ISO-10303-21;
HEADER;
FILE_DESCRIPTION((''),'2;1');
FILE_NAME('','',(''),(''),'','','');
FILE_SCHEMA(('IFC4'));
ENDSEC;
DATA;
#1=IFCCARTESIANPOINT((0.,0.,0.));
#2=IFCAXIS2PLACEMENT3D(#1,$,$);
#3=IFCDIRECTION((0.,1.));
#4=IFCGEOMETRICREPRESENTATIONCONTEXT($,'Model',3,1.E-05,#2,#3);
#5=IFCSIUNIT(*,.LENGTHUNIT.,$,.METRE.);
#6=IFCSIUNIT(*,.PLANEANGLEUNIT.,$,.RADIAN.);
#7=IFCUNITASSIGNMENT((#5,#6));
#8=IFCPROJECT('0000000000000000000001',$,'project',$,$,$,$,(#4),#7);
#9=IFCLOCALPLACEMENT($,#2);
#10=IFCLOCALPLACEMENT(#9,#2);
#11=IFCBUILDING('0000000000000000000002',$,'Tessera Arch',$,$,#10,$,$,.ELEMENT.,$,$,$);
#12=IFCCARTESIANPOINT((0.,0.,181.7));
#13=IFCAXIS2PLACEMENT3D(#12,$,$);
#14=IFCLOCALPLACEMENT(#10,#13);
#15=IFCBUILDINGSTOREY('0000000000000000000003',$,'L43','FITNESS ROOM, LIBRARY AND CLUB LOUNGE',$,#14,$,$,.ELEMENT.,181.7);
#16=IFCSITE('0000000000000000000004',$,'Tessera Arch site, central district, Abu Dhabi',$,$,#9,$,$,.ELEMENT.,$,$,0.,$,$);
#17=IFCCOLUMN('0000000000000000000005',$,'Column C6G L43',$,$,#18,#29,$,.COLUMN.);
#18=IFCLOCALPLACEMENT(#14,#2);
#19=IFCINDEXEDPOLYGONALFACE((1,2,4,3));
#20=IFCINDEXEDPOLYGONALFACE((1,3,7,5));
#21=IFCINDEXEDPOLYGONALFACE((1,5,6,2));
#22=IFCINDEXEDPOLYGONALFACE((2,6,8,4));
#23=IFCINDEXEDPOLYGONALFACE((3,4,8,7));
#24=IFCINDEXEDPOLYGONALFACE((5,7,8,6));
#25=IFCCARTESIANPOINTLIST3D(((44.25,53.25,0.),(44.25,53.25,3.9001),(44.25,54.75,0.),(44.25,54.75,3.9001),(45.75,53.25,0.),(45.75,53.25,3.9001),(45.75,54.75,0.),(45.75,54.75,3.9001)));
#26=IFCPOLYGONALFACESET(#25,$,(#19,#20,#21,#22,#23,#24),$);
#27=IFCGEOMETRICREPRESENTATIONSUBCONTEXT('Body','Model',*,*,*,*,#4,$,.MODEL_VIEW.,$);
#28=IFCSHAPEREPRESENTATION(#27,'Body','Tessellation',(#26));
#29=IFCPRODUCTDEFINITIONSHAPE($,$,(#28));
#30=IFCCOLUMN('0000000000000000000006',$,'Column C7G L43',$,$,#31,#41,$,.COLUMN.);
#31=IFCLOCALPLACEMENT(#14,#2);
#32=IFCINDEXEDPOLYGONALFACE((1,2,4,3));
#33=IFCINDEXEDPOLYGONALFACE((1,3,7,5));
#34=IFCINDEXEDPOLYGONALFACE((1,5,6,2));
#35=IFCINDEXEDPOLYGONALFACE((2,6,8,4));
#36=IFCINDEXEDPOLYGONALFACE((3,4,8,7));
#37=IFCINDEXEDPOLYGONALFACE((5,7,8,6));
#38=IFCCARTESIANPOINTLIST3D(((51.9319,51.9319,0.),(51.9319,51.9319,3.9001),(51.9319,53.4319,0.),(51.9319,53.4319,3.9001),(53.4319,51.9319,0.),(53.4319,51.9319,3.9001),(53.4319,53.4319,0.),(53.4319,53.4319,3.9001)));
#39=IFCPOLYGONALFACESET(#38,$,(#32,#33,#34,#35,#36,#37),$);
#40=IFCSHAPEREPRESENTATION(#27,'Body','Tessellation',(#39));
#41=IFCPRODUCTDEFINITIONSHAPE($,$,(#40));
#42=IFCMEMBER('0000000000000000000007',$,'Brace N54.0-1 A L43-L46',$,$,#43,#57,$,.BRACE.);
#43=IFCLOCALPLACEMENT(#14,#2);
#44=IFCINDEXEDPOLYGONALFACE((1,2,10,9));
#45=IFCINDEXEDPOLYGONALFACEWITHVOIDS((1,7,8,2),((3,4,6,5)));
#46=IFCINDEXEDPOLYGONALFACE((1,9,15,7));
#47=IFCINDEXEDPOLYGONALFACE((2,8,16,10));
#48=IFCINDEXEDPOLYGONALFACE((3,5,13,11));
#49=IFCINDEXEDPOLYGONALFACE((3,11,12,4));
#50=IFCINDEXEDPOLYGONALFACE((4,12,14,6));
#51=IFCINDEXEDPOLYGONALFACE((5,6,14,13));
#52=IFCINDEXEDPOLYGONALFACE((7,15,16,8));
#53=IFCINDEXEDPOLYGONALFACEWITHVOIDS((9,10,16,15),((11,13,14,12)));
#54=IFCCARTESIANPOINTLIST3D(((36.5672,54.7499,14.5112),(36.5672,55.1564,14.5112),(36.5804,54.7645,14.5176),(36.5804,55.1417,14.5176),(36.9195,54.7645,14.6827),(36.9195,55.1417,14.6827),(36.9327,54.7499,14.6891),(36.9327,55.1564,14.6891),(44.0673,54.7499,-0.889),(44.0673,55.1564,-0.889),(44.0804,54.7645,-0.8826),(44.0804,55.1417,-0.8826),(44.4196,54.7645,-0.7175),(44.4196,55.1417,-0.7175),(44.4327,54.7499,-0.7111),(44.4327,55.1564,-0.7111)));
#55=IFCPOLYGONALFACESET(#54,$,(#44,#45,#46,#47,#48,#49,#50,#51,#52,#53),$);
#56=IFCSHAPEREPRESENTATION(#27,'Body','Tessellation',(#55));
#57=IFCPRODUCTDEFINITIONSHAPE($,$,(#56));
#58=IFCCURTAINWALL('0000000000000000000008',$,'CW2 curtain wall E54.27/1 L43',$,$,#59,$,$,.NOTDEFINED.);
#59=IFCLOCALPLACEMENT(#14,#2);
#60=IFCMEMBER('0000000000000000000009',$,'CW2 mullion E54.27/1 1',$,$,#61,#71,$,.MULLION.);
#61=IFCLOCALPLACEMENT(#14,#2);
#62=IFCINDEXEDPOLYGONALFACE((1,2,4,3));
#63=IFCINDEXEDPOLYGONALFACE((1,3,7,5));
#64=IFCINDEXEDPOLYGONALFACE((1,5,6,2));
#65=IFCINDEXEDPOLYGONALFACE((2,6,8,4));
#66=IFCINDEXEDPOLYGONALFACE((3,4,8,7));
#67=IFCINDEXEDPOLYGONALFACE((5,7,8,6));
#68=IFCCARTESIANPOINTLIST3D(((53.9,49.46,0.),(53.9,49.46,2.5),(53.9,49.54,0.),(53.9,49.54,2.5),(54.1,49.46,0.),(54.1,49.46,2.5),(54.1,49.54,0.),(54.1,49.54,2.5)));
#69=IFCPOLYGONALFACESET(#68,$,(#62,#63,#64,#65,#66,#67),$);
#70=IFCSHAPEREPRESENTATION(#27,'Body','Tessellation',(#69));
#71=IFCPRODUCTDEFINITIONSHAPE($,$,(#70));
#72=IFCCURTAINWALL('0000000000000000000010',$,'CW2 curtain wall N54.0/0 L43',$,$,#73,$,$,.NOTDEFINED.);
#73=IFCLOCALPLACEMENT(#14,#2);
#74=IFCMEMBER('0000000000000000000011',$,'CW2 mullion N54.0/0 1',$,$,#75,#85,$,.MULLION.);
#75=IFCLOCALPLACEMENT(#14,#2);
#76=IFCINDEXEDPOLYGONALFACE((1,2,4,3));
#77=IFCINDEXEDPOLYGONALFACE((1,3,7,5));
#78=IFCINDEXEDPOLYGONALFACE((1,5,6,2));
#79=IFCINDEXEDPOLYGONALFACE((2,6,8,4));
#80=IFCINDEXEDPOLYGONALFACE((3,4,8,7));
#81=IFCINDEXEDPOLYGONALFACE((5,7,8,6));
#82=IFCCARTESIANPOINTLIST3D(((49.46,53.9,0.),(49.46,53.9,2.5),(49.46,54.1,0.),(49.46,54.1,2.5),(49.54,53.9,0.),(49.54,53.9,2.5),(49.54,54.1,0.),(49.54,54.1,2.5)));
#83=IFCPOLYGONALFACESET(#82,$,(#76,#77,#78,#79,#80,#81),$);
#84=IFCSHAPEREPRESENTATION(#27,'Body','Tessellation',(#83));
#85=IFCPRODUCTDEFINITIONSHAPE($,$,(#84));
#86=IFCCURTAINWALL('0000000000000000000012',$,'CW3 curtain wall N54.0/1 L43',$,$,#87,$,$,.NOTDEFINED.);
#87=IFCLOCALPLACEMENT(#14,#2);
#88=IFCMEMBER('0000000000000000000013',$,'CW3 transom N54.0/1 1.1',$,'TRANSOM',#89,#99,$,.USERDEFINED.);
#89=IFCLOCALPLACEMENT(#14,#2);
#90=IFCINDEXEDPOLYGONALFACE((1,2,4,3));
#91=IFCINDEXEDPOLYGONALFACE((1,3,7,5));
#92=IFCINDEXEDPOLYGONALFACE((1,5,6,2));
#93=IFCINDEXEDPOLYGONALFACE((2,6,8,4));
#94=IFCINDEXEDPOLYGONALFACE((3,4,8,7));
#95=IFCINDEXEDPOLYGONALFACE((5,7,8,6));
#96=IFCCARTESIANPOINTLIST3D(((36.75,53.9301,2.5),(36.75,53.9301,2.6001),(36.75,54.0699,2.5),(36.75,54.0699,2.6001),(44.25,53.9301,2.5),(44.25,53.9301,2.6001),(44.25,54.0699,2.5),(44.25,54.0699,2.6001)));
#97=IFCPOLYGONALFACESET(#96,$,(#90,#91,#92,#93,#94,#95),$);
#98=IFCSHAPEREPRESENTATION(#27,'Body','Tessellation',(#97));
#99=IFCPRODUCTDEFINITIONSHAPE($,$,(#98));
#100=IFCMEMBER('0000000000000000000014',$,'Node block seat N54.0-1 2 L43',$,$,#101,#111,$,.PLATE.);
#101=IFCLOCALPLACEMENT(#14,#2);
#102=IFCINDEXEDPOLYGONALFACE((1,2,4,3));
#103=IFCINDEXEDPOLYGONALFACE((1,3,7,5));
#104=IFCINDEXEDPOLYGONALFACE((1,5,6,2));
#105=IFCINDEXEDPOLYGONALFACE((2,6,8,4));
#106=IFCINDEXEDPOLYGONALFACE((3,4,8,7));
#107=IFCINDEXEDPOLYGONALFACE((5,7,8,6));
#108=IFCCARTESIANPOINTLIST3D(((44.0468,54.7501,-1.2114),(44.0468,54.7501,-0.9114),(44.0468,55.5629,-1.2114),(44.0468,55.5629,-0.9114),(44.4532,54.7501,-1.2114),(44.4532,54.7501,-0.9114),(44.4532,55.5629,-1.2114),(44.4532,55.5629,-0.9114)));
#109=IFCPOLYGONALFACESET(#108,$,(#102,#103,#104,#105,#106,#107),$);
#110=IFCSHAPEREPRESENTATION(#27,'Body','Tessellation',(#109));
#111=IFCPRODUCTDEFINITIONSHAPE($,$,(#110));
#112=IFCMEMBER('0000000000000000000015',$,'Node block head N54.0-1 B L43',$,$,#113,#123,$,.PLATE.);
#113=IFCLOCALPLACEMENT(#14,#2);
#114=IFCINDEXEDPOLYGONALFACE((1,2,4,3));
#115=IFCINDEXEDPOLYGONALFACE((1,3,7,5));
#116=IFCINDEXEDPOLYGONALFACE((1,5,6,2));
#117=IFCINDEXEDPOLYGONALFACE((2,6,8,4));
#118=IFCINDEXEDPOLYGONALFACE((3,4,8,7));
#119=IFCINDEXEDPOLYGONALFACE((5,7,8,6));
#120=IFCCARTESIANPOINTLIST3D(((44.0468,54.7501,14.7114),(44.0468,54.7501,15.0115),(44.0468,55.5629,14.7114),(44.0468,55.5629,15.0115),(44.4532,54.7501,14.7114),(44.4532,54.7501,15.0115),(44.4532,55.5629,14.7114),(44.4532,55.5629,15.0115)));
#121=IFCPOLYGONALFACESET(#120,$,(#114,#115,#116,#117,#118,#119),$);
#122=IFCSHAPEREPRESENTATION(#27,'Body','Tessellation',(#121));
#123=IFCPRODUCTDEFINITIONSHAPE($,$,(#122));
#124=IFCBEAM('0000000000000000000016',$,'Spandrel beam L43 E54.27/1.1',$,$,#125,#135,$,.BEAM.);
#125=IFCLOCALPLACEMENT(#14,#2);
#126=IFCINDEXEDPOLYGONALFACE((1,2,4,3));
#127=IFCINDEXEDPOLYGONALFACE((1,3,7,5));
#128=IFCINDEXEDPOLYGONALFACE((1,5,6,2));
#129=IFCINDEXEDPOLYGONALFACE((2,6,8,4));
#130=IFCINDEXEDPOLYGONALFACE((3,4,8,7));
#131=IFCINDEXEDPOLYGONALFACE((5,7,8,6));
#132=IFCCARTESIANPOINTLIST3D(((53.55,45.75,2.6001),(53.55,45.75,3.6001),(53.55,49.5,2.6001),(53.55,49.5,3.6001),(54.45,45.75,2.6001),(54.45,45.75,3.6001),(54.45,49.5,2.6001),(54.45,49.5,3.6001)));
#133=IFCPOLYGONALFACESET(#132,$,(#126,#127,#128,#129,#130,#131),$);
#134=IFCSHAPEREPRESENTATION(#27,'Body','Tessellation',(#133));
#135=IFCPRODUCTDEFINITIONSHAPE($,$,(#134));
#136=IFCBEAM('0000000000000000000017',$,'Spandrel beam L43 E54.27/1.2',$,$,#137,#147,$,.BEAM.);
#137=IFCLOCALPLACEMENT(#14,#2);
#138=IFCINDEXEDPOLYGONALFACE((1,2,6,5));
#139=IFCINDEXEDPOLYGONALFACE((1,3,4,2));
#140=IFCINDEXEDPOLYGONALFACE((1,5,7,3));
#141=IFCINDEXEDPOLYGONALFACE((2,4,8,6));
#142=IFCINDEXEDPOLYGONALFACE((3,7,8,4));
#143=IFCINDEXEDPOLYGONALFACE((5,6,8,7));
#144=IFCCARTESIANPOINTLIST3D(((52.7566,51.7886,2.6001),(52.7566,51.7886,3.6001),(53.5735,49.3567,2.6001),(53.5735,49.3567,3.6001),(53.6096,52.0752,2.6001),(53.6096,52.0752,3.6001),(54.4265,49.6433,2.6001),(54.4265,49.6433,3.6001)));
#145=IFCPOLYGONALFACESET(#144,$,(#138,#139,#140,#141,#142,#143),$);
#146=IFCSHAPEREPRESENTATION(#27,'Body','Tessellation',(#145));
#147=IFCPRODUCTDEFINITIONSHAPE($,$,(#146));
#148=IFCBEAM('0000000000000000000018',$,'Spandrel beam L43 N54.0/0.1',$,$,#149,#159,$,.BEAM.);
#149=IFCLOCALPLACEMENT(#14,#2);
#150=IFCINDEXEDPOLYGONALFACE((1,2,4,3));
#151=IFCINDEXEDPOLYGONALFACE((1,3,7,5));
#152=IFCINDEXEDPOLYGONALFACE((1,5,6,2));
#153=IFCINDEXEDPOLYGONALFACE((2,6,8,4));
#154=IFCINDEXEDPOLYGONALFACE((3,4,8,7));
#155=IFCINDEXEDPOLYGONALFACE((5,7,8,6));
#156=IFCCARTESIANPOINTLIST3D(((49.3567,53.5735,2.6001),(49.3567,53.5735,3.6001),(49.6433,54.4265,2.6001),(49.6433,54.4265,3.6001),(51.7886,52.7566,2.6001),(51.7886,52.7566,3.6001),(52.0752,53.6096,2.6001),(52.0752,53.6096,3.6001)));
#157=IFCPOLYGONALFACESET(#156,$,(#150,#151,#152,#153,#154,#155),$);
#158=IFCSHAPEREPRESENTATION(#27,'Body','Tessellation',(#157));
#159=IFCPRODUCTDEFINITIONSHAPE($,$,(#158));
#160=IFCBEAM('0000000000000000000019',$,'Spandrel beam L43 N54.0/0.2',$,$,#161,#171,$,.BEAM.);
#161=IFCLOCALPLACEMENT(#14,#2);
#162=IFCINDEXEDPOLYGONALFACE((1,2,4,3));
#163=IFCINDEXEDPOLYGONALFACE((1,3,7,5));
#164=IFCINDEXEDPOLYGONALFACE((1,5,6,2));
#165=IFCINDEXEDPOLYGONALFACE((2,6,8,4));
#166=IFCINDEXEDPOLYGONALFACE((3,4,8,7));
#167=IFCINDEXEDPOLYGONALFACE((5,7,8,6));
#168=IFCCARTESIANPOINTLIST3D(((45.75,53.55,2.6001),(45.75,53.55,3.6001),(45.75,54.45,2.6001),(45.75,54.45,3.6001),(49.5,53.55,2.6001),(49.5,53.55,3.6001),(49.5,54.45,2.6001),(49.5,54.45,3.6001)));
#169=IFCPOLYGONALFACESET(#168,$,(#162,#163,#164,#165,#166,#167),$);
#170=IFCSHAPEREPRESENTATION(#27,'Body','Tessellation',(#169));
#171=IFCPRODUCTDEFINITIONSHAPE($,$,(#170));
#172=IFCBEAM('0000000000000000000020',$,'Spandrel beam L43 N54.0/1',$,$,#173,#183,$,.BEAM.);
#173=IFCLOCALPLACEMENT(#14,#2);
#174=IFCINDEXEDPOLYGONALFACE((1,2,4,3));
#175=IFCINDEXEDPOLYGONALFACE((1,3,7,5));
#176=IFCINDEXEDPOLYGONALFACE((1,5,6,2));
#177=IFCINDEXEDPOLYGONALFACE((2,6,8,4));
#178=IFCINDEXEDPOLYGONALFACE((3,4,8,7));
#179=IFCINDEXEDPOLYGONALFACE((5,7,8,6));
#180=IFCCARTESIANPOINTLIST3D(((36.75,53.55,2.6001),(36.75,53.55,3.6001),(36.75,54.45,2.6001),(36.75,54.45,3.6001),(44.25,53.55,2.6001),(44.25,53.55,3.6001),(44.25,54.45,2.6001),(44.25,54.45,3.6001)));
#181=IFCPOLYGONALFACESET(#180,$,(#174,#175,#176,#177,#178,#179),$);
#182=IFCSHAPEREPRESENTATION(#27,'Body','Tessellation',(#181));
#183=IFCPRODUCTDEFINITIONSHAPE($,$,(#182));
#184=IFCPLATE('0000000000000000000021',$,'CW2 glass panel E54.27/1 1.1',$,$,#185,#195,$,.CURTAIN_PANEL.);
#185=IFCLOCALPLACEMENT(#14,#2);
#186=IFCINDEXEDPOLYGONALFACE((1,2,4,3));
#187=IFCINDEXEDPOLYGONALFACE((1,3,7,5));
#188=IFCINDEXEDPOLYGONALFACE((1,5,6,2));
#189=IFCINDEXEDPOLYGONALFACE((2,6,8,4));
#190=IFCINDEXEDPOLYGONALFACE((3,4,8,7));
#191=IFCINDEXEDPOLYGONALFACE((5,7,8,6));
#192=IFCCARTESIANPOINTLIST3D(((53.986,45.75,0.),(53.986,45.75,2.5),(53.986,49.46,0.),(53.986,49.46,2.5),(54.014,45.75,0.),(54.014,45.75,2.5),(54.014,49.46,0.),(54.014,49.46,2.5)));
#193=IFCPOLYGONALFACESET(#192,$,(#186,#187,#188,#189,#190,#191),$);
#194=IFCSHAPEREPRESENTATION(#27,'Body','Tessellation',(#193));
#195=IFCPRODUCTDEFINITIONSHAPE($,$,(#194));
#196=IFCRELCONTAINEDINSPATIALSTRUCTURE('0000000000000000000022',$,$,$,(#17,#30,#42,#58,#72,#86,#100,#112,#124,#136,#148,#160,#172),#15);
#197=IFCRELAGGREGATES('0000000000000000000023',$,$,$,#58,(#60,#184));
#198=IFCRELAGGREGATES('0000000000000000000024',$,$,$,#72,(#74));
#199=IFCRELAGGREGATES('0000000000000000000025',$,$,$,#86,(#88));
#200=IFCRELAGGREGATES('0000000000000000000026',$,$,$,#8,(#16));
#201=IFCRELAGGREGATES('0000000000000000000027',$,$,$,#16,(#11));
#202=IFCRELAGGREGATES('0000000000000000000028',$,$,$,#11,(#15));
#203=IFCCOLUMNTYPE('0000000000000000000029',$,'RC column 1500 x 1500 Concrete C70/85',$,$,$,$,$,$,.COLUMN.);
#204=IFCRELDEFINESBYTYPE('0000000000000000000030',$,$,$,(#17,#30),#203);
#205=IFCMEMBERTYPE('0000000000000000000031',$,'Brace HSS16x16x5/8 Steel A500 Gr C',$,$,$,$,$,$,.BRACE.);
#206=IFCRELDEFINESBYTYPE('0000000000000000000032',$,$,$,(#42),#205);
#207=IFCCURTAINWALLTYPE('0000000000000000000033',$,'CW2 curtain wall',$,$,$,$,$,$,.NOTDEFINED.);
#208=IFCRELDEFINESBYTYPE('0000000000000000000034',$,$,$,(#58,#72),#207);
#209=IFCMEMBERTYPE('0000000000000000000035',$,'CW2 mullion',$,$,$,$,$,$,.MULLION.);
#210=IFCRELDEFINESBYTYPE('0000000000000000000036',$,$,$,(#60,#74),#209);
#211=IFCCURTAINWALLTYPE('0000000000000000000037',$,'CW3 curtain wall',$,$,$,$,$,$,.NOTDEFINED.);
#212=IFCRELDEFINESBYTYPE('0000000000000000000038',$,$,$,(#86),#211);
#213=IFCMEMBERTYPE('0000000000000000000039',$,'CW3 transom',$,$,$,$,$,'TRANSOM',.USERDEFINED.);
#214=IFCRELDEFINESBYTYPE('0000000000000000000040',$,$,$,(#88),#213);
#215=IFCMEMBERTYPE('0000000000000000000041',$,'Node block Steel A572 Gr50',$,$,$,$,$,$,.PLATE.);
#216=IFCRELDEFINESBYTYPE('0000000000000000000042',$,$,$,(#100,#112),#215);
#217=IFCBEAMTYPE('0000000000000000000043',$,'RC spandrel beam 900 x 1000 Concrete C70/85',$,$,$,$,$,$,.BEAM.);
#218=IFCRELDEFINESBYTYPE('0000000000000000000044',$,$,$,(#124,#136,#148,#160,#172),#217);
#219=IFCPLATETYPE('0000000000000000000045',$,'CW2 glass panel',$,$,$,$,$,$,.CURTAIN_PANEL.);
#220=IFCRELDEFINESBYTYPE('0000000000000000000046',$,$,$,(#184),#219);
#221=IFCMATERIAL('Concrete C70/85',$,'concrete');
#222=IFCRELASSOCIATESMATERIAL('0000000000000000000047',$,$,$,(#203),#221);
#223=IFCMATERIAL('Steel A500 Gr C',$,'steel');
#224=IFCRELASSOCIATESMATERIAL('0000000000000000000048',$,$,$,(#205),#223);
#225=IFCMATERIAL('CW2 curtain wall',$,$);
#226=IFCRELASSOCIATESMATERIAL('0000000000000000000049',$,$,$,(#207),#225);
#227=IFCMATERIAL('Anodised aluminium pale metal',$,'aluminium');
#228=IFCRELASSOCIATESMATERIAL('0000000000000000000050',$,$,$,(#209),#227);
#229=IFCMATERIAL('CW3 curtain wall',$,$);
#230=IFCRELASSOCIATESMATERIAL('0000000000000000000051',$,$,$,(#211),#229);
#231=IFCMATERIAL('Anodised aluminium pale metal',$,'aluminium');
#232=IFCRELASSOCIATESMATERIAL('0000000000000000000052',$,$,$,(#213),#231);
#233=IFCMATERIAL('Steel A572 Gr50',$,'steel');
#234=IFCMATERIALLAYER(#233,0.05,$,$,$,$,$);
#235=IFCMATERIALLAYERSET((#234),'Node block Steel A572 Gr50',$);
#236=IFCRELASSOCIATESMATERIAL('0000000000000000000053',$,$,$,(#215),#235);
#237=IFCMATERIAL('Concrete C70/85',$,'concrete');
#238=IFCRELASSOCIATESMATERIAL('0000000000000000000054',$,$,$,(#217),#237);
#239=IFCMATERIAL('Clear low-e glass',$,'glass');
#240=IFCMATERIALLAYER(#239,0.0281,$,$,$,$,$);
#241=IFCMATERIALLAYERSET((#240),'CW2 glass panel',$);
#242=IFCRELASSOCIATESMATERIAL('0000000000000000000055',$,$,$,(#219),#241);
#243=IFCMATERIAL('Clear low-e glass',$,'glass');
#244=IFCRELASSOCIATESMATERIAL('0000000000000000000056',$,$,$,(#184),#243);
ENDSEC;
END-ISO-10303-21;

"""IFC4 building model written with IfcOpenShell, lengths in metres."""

from ifc_helpers import new_model, si_unit, direction, frame, origin, origin_2d, place, context, subcontext, project, spatial, rectangle, hollow_rectangle, extrude, material, layer, layer_set, material_profile, profile_set, type_object, element, aggregate, save


model = new_model("IFC4")

# Units and contexts
model_context = context("Model", 3, precision=1e-05, world=origin(), true_north=direction((0.0, 1.0)))
body_context = subcontext(model_context, "Body", "Model", "MODEL_VIEW")
ifc_project = project(units=[si_unit("LENGTHUNIT", "METRE"), si_unit("PLANEANGLEUNIT", "RADIAN")], contexts=[model_context])

# Site, building, storey
site_placement = place(None, origin())
site = spatial("IfcSite", under=ifc_project, at=site_placement, Name="Tessera Arch site, central district, Abu Dhabi", CompositionType="ELEMENT", RefElevation=0.0)
building_placement = place(site_placement, origin())
building = spatial("IfcBuilding", under=site, at=building_placement, Name="Tessera Arch", CompositionType="ELEMENT")
storey_placement = place(building_placement, frame((0.0, 0.0, 181.7)))
storey = spatial("IfcBuildingStorey", under=building, at=storey_placement, Name="L43", Description="FITNESS ROOM, LIBRARY AND CLUB LOUNGE", CompositionType="ELEMENT", Elevation=181.7)

# Columns
ifc_material_1 = material(Name="Concrete C70/85", Category="concrete")
ifc_material_profile_1 = material_profile(ifc_material_1, rectangle(XDim=1.5, YDim=1.5, at=origin_2d()), Name="RC column 1500 x 1500 Concrete C70/85")
ifc_profile_set_1 = profile_set([ifc_material_profile_1], Name="Concrete C70/85")
column_type = type_object("IfcColumnType", Name="RC column 1500 x 1500 Concrete C70/85", PredefinedType="COLUMN", material=ifc_profile_set_1)
for number, where, z_axis, x_axis, name in (
    (1, (45.0, 54.0, 0.0), (0.0, 0.0, 1.0), (1.0, 0.0, 0.0), "Column C6G L43"),
    (2, (52.6819, 52.6819, 0.0), (0.0, 0.0, 1.0), (1.0, 0.0, 0.0), "Column C7G L43"),
):
    element("IfcColumn", number, at=place(storey_placement, frame(where, z_axis=z_axis, x_axis=x_axis)), inside=storey, type_object=column_type, Name=name, PredefinedType="COLUMN", context=body_context, shape_type="SweptSolid", body=[
        extrude(rectangle(XDim=1.5, YDim=1.5, at=origin_2d()), origin(), (0.0, 0.0, 1.0), 3.9001),
    ])

# Member
ifc_material_2 = material(Name="Steel A500 Gr C", Category="steel")
ifc_material_profile_2 = material_profile(ifc_material_2, hollow_rectangle(XDim=0.4065, YDim=0.4065, WallThickness=0.0146, at=origin_2d()), Name="HSS16x16x5/8")
ifc_profile_set_2 = profile_set([ifc_material_profile_2], Name="Steel A500 Gr C")
member_type_1 = type_object("IfcMemberType", Name="Brace HSS16x16x5/8 Steel A500 Gr C", PredefinedType="BRACE", material=ifc_profile_set_2)
member_1_placement = place(storey_placement, frame((44.25, 54.9531, -0.8), z_axis=(-0.437845, 0.0, 0.89905), x_axis=(0.0, -1.0, 0.0)))
element("IfcMember", 3, at=member_1_placement, inside=storey, type_object=member_type_1, Name="Brace N54.0-1 A L43-L46", PredefinedType="BRACE", context=body_context, shape_type="SweptSolid", body=[
    extrude(hollow_rectangle(XDim=0.4065, YDim=0.4065, WallThickness=0.0146, at=origin_2d()), origin(), (0.0, 0.0, 1.0), 17.1294),
])

# Curtain walls, members
ifc_material_3 = material(Name="CW2 curtain wall")
curtain_wall_type_1 = type_object("IfcCurtainWallType", Name="CW2 curtain wall", PredefinedType="NOTDEFINED", material=ifc_material_3)
curtain_wall_1_placement = place(storey_placement, origin())
curtain_wall_1 = element("IfcCurtainWall", 4, at=curtain_wall_1_placement, inside=storey, type_object=curtain_wall_type_1, Name="CW2 curtain wall E54.27/1 L43", PredefinedType="NOTDEFINED")
ifc_material_4 = material(Name="Anodised aluminium pale metal", Category="aluminium")
ifc_material_profile_3 = material_profile(ifc_material_4, rectangle(XDim=0.2, YDim=0.0801, at=origin_2d()), Name="AL 80x200")
ifc_profile_set_3 = profile_set([ifc_material_profile_3], Name="Anodised aluminium pale metal")
member_type_2 = type_object("IfcMemberType", Name="CW2 mullion", PredefinedType="MULLION", material=ifc_profile_set_3)
member_2_placement = place(storey_placement, frame((54.0, 49.5, 0.0), z_axis=(0.0, 0.0, 1.0), x_axis=(-1.0, 0.0, 0.0)))
member_2 = element("IfcMember", 5, at=member_2_placement, type_object=member_type_2, Name="CW2 mullion E54.27/1 1", PredefinedType="MULLION", context=body_context, shape_type="SweptSolid", body=[
    extrude(rectangle(XDim=0.2, YDim=0.0801, at=origin_2d()), origin(), (0.0, 0.0, 1.0), 2.5),
])
curtain_wall_2_placement = place(storey_placement, origin())
curtain_wall_2 = element("IfcCurtainWall", 6, at=curtain_wall_2_placement, inside=storey, type_object=curtain_wall_type_1, Name="CW2 curtain wall N54.0/0 L43", PredefinedType="NOTDEFINED")
member_3_placement = place(storey_placement, frame((49.5, 54.0, 0.0), z_axis=(0.0, 0.0, 1.0), x_axis=(0.0, -1.0, 0.0)))
member_3 = element("IfcMember", 7, at=member_3_placement, type_object=member_type_2, Name="CW2 mullion N54.0/0 1", PredefinedType="MULLION", context=body_context, shape_type="SweptSolid", body=[
    extrude(rectangle(XDim=0.2, YDim=0.0801, at=origin_2d()), origin(), (0.0, 0.0, 1.0), 2.5),
])
ifc_material_5 = material(Name="CW3 curtain wall")
curtain_wall_type_2 = type_object("IfcCurtainWallType", Name="CW3 curtain wall", PredefinedType="NOTDEFINED", material=ifc_material_5)
curtain_wall_3_placement = place(storey_placement, origin())
curtain_wall_3 = element("IfcCurtainWall", 8, at=curtain_wall_3_placement, inside=storey, type_object=curtain_wall_type_2, Name="CW3 curtain wall N54.0/1 L43", PredefinedType="NOTDEFINED")
ifc_material_6 = material(Name="Anodised aluminium pale metal", Category="aluminium")
ifc_material_profile_4 = material_profile(ifc_material_6, rectangle(XDim=0.1399, YDim=0.1001, at=origin_2d()), Name="AL 140x100")
ifc_profile_set_4 = profile_set([ifc_material_profile_4], Name="Anodised aluminium pale metal")
member_type_3 = type_object("IfcMemberType", Name="CW3 transom", ElementType="TRANSOM", PredefinedType="USERDEFINED", material=ifc_profile_set_4)
member_4_placement = place(storey_placement, frame((44.25, 54.0, 2.55), z_axis=(-1.0, 0.0, 0.0), x_axis=(0.0, -1.0, 0.0)))
member_4 = element("IfcMember", 9, at=member_4_placement, type_object=member_type_3, Name="CW3 transom N54.0/1 1.1", ObjectType="TRANSOM", PredefinedType="USERDEFINED", context=body_context, shape_type="SweptSolid", body=[
    extrude(rectangle(XDim=0.1399, YDim=0.1001, at=origin_2d()), origin(), (0.0, 0.0, 1.0), 7.5),
])

# Members
ifc_material_7 = material(Name="Steel A572 Gr50", Category="steel")
ifc_layer_1 = layer(ifc_material_7, 0.05)
ifc_layer_set_1 = layer_set([ifc_layer_1], Name="Node block Steel A572 Gr50")
member_type_4 = type_object("IfcMemberType", Name="Node block Steel A572 Gr50", PredefinedType="PLATE", material=ifc_layer_set_1)
for number, where, z_axis, x_axis, name in (
    (10, (44.25, 55.1565, -1.2114), (0.0, 0.0, 1.0), (-1.0, 0.0, 0.0), "Node block seat N54.0-1 2 L43"),
    (11, (44.25, 55.1565, 14.7114), (0.0, 0.0, 1.0), (-1.0, 0.0, 0.0), "Node block head N54.0-1 B L43"),
):
    element("IfcMember", number, at=place(storey_placement, frame(where, z_axis=z_axis, x_axis=x_axis)), inside=storey, type_object=member_type_4, Name=name, PredefinedType="PLATE", context=body_context, shape_type="SweptSolid", body=[
        extrude(rectangle(XDim=0.4065, YDim=0.8127, at=origin_2d()), origin(), (0.0, 0.0, 1.0), 0.3),
    ])

# Beams
ifc_material_8 = material(Name="Concrete C70/85", Category="concrete")
ifc_material_profile_5 = material_profile(ifc_material_8, rectangle(XDim=0.8999, YDim=1.0, at=origin_2d()), Name="RC spandrel beam 900 x 1000 Concrete C70/85")
ifc_profile_set_5 = profile_set([ifc_material_profile_5], Name="Concrete C70/85")
beam_type = type_object("IfcBeamType", Name="RC spandrel beam 900 x 1000 Concrete C70/85", PredefinedType="BEAM", material=ifc_profile_set_5)
beam_1_placement = place(storey_placement, frame((54.0, 45.75, 3.1001), z_axis=(0.0, 1.0, 0.0), x_axis=(-1.0, 0.0, 0.0)))
element("IfcBeam", 12, at=beam_1_placement, inside=storey, type_object=beam_type, Name="Spandrel beam L43 E54.27/1.1", PredefinedType="BEAM", context=body_context, shape_type="SweptSolid", body=[
    extrude(rectangle(XDim=0.8999, YDim=1.0, at=origin_2d()), origin(), (0.0, 0.0, 1.0), 3.75),
])
for number, where, z_axis, x_axis, name in (
    (13, (54.0, 49.5, 3.1001), (-0.318425, 0.947948, 0.0), (-0.947948, -0.318425, 0.0), "Spandrel beam L43 E54.27/1.2"),
    (14, (51.9319, 53.1831, 3.1001), (-0.947948, 0.318425, 0.0), (-0.318425, -0.947948, 0.0), "Spandrel beam L43 N54.0/0.1"),
):
    element("IfcBeam", number, at=place(storey_placement, frame(where, z_axis=z_axis, x_axis=x_axis)), inside=storey, type_object=beam_type, Name=name, PredefinedType="BEAM", context=body_context, shape_type="SweptSolid", body=[
        extrude(rectangle(XDim=0.8999, YDim=1.0, at=origin_2d()), origin(), (0.0, 0.0, 1.0), 2.5654),
    ])
beam_2_placement = place(storey_placement, frame((49.5, 54.0, 3.1001), z_axis=(-1.0, 0.0, 0.0), x_axis=(0.0, -1.0, 0.0)))
element("IfcBeam", 15, at=beam_2_placement, inside=storey, type_object=beam_type, Name="Spandrel beam L43 N54.0/0.2", PredefinedType="BEAM", context=body_context, shape_type="SweptSolid", body=[
    extrude(rectangle(XDim=0.8999, YDim=1.0, at=origin_2d()), origin(), (0.0, 0.0, 1.0), 3.75),
])
beam_3_placement = place(storey_placement, frame((44.25, 54.0, 3.1001), z_axis=(-1.0, 0.0, 0.0), x_axis=(0.0, -1.0, 0.0)))
element("IfcBeam", 16, at=beam_3_placement, inside=storey, type_object=beam_type, Name="Spandrel beam L43 N54.0/1", PredefinedType="BEAM", context=body_context, shape_type="SweptSolid", body=[
    extrude(rectangle(XDim=0.8999, YDim=1.0, at=origin_2d()), origin(), (0.0, 0.0, 1.0), 7.5),
])

# Plate
ifc_material_9 = material(Name="Clear low-e glass", Category="glass")
ifc_material_10 = material(Name="Clear low-e glass", Category="glass")
ifc_layer_2 = layer(ifc_material_10, 0.0281)
ifc_layer_set_2 = layer_set([ifc_layer_2], Name="CW2 glass panel")
plate_type_1 = type_object("IfcPlateType", Name="CW2 glass panel", PredefinedType="CURTAIN_PANEL", material=ifc_layer_set_2)
plate_1_placement = place(storey_placement, frame((54.0, 47.605, 0.0), z_axis=(0.0, 0.0, 1.0), x_axis=(0.0, 1.0, 0.0)))
plate_1 = element("IfcPlate", 17, at=plate_1_placement, type_object=plate_type_1, material=ifc_material_9, Name="CW2 glass panel E54.27/1 1.1", PredefinedType="CURTAIN_PANEL", context=body_context, shape_type="SweptSolid", body=[
    extrude(rectangle(XDim=3.71, YDim=0.0281, at=origin_2d()), origin(), (0.0, 0.0, 1.0), 2.5),
])
aggregate(curtain_wall_1, [member_2, plate_1])
aggregate(curtain_wall_2, [member_3])
aggregate(curtain_wall_3, [member_4])

save(model, "model.ifc")
